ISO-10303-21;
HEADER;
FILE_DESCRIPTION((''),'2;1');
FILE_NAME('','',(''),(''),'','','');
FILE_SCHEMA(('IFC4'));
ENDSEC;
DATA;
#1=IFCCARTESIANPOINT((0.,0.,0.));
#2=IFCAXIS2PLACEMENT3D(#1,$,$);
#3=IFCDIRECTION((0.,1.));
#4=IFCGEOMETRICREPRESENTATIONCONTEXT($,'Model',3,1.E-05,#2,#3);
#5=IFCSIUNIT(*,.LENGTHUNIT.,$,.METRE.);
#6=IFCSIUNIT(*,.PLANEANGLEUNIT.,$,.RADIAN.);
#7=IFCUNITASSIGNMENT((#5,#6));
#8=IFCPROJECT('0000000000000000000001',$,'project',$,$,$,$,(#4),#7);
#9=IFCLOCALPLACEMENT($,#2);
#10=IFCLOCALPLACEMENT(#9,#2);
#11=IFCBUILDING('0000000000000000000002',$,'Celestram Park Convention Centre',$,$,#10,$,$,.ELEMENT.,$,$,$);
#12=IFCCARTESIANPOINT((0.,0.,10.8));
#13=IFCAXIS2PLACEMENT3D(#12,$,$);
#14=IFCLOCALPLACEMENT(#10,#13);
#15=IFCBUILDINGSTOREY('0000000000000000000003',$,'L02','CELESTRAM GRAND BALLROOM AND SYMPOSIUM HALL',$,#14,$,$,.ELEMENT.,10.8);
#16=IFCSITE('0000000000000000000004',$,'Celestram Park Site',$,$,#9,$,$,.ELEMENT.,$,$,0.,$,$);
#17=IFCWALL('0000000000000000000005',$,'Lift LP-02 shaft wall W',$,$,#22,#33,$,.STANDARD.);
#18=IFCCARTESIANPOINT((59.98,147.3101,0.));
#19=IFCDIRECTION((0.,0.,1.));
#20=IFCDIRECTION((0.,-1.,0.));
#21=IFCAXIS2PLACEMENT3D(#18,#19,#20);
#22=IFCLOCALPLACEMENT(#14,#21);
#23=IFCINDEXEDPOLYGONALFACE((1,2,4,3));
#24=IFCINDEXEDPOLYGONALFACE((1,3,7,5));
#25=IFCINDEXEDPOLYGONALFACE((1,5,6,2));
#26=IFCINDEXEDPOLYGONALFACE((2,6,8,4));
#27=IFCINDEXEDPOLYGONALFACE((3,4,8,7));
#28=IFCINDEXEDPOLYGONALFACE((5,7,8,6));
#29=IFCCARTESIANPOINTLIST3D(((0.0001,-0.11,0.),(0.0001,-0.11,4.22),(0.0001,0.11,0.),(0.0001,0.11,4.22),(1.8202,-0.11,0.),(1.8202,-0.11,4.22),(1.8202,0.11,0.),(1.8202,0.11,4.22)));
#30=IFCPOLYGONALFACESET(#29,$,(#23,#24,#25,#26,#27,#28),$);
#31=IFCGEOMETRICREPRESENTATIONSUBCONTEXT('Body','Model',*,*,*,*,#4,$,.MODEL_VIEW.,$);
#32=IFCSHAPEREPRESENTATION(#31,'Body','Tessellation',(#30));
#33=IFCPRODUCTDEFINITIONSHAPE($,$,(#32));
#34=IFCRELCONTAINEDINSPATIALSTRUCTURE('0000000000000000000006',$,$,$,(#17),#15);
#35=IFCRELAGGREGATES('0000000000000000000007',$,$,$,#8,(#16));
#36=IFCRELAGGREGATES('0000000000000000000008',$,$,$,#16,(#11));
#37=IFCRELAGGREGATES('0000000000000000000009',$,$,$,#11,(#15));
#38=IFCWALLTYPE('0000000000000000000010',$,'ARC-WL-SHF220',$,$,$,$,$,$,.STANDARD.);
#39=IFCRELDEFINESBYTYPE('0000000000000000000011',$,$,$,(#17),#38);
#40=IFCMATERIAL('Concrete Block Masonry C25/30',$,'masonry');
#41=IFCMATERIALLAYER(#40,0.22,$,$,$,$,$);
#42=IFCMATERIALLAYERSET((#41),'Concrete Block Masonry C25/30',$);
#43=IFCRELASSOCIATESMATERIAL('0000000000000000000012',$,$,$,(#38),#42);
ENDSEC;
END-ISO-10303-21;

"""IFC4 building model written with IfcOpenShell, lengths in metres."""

from ifc_helpers import new_model, si_unit, direction, frame, frame_2d, origin, place, context, subcontext, project, spatial, rectangle, extrude, material, layer, layer_set, type_object, element, save


model = new_model("IFC4")

# Units and contexts
model_context = context("Model", 3, precision=1e-05, world=origin(), true_north=direction((0.0, 1.0)))
body_context = subcontext(model_context, "Body", "Model", "MODEL_VIEW")
ifc_project = project(units=[si_unit("LENGTHUNIT", "METRE"), si_unit("PLANEANGLEUNIT", "RADIAN")], contexts=[model_context])

# Site, building, storey
site_placement = place(None, origin())
site = spatial("IfcSite", under=ifc_project, at=site_placement, Name="Celestram Park Site", CompositionType="ELEMENT", RefElevation=0.0)
building_placement = place(site_placement, origin())
building = spatial("IfcBuilding", under=site, at=building_placement, Name="Celestram Park Convention Centre", CompositionType="ELEMENT")
storey_placement = place(building_placement, frame((0.0, 0.0, 10.8)))
storey = spatial("IfcBuildingStorey", under=building, at=storey_placement, Name="L02", Description="CELESTRAM GRAND BALLROOM AND SYMPOSIUM HALL", CompositionType="ELEMENT", Elevation=10.8)

# Shared definitions
ifc_material_1 = material(Name="Concrete Block Masonry C25/30", Category="masonry")
ifc_layer_1 = layer(ifc_material_1, 0.22)
ifc_layer_set_1 = layer_set([ifc_layer_1], Name="Concrete Block Masonry C25/30")
wall_type_1 = type_object("IfcWallType", Name="ARC-WL-SHF220", PredefinedType="STANDARD", material=ifc_layer_set_1)

# Wall
for number, where, z_axis, x_axis, name in (
    (1, (59.98, 147.3101, 0.0), (0.0, 0.0, 1.0), (0.0, -1.0, 0.0), "Lift LP-02 shaft wall W"),
):
    element("IfcWall", number, at=place(storey_placement, frame(where, z_axis=z_axis, x_axis=x_axis)), inside=storey, type_object=wall_type_1, Name=name, PredefinedType="STANDARD", context=body_context, shape_type="SweptSolid", body=[
        extrude(rectangle(XDim=1.8201, YDim=0.22, at=frame_2d((0.9102, 0.0))), origin(), (0.0, 0.0, 1.0), 4.22),
    ])

save(model, "model.ifc")
